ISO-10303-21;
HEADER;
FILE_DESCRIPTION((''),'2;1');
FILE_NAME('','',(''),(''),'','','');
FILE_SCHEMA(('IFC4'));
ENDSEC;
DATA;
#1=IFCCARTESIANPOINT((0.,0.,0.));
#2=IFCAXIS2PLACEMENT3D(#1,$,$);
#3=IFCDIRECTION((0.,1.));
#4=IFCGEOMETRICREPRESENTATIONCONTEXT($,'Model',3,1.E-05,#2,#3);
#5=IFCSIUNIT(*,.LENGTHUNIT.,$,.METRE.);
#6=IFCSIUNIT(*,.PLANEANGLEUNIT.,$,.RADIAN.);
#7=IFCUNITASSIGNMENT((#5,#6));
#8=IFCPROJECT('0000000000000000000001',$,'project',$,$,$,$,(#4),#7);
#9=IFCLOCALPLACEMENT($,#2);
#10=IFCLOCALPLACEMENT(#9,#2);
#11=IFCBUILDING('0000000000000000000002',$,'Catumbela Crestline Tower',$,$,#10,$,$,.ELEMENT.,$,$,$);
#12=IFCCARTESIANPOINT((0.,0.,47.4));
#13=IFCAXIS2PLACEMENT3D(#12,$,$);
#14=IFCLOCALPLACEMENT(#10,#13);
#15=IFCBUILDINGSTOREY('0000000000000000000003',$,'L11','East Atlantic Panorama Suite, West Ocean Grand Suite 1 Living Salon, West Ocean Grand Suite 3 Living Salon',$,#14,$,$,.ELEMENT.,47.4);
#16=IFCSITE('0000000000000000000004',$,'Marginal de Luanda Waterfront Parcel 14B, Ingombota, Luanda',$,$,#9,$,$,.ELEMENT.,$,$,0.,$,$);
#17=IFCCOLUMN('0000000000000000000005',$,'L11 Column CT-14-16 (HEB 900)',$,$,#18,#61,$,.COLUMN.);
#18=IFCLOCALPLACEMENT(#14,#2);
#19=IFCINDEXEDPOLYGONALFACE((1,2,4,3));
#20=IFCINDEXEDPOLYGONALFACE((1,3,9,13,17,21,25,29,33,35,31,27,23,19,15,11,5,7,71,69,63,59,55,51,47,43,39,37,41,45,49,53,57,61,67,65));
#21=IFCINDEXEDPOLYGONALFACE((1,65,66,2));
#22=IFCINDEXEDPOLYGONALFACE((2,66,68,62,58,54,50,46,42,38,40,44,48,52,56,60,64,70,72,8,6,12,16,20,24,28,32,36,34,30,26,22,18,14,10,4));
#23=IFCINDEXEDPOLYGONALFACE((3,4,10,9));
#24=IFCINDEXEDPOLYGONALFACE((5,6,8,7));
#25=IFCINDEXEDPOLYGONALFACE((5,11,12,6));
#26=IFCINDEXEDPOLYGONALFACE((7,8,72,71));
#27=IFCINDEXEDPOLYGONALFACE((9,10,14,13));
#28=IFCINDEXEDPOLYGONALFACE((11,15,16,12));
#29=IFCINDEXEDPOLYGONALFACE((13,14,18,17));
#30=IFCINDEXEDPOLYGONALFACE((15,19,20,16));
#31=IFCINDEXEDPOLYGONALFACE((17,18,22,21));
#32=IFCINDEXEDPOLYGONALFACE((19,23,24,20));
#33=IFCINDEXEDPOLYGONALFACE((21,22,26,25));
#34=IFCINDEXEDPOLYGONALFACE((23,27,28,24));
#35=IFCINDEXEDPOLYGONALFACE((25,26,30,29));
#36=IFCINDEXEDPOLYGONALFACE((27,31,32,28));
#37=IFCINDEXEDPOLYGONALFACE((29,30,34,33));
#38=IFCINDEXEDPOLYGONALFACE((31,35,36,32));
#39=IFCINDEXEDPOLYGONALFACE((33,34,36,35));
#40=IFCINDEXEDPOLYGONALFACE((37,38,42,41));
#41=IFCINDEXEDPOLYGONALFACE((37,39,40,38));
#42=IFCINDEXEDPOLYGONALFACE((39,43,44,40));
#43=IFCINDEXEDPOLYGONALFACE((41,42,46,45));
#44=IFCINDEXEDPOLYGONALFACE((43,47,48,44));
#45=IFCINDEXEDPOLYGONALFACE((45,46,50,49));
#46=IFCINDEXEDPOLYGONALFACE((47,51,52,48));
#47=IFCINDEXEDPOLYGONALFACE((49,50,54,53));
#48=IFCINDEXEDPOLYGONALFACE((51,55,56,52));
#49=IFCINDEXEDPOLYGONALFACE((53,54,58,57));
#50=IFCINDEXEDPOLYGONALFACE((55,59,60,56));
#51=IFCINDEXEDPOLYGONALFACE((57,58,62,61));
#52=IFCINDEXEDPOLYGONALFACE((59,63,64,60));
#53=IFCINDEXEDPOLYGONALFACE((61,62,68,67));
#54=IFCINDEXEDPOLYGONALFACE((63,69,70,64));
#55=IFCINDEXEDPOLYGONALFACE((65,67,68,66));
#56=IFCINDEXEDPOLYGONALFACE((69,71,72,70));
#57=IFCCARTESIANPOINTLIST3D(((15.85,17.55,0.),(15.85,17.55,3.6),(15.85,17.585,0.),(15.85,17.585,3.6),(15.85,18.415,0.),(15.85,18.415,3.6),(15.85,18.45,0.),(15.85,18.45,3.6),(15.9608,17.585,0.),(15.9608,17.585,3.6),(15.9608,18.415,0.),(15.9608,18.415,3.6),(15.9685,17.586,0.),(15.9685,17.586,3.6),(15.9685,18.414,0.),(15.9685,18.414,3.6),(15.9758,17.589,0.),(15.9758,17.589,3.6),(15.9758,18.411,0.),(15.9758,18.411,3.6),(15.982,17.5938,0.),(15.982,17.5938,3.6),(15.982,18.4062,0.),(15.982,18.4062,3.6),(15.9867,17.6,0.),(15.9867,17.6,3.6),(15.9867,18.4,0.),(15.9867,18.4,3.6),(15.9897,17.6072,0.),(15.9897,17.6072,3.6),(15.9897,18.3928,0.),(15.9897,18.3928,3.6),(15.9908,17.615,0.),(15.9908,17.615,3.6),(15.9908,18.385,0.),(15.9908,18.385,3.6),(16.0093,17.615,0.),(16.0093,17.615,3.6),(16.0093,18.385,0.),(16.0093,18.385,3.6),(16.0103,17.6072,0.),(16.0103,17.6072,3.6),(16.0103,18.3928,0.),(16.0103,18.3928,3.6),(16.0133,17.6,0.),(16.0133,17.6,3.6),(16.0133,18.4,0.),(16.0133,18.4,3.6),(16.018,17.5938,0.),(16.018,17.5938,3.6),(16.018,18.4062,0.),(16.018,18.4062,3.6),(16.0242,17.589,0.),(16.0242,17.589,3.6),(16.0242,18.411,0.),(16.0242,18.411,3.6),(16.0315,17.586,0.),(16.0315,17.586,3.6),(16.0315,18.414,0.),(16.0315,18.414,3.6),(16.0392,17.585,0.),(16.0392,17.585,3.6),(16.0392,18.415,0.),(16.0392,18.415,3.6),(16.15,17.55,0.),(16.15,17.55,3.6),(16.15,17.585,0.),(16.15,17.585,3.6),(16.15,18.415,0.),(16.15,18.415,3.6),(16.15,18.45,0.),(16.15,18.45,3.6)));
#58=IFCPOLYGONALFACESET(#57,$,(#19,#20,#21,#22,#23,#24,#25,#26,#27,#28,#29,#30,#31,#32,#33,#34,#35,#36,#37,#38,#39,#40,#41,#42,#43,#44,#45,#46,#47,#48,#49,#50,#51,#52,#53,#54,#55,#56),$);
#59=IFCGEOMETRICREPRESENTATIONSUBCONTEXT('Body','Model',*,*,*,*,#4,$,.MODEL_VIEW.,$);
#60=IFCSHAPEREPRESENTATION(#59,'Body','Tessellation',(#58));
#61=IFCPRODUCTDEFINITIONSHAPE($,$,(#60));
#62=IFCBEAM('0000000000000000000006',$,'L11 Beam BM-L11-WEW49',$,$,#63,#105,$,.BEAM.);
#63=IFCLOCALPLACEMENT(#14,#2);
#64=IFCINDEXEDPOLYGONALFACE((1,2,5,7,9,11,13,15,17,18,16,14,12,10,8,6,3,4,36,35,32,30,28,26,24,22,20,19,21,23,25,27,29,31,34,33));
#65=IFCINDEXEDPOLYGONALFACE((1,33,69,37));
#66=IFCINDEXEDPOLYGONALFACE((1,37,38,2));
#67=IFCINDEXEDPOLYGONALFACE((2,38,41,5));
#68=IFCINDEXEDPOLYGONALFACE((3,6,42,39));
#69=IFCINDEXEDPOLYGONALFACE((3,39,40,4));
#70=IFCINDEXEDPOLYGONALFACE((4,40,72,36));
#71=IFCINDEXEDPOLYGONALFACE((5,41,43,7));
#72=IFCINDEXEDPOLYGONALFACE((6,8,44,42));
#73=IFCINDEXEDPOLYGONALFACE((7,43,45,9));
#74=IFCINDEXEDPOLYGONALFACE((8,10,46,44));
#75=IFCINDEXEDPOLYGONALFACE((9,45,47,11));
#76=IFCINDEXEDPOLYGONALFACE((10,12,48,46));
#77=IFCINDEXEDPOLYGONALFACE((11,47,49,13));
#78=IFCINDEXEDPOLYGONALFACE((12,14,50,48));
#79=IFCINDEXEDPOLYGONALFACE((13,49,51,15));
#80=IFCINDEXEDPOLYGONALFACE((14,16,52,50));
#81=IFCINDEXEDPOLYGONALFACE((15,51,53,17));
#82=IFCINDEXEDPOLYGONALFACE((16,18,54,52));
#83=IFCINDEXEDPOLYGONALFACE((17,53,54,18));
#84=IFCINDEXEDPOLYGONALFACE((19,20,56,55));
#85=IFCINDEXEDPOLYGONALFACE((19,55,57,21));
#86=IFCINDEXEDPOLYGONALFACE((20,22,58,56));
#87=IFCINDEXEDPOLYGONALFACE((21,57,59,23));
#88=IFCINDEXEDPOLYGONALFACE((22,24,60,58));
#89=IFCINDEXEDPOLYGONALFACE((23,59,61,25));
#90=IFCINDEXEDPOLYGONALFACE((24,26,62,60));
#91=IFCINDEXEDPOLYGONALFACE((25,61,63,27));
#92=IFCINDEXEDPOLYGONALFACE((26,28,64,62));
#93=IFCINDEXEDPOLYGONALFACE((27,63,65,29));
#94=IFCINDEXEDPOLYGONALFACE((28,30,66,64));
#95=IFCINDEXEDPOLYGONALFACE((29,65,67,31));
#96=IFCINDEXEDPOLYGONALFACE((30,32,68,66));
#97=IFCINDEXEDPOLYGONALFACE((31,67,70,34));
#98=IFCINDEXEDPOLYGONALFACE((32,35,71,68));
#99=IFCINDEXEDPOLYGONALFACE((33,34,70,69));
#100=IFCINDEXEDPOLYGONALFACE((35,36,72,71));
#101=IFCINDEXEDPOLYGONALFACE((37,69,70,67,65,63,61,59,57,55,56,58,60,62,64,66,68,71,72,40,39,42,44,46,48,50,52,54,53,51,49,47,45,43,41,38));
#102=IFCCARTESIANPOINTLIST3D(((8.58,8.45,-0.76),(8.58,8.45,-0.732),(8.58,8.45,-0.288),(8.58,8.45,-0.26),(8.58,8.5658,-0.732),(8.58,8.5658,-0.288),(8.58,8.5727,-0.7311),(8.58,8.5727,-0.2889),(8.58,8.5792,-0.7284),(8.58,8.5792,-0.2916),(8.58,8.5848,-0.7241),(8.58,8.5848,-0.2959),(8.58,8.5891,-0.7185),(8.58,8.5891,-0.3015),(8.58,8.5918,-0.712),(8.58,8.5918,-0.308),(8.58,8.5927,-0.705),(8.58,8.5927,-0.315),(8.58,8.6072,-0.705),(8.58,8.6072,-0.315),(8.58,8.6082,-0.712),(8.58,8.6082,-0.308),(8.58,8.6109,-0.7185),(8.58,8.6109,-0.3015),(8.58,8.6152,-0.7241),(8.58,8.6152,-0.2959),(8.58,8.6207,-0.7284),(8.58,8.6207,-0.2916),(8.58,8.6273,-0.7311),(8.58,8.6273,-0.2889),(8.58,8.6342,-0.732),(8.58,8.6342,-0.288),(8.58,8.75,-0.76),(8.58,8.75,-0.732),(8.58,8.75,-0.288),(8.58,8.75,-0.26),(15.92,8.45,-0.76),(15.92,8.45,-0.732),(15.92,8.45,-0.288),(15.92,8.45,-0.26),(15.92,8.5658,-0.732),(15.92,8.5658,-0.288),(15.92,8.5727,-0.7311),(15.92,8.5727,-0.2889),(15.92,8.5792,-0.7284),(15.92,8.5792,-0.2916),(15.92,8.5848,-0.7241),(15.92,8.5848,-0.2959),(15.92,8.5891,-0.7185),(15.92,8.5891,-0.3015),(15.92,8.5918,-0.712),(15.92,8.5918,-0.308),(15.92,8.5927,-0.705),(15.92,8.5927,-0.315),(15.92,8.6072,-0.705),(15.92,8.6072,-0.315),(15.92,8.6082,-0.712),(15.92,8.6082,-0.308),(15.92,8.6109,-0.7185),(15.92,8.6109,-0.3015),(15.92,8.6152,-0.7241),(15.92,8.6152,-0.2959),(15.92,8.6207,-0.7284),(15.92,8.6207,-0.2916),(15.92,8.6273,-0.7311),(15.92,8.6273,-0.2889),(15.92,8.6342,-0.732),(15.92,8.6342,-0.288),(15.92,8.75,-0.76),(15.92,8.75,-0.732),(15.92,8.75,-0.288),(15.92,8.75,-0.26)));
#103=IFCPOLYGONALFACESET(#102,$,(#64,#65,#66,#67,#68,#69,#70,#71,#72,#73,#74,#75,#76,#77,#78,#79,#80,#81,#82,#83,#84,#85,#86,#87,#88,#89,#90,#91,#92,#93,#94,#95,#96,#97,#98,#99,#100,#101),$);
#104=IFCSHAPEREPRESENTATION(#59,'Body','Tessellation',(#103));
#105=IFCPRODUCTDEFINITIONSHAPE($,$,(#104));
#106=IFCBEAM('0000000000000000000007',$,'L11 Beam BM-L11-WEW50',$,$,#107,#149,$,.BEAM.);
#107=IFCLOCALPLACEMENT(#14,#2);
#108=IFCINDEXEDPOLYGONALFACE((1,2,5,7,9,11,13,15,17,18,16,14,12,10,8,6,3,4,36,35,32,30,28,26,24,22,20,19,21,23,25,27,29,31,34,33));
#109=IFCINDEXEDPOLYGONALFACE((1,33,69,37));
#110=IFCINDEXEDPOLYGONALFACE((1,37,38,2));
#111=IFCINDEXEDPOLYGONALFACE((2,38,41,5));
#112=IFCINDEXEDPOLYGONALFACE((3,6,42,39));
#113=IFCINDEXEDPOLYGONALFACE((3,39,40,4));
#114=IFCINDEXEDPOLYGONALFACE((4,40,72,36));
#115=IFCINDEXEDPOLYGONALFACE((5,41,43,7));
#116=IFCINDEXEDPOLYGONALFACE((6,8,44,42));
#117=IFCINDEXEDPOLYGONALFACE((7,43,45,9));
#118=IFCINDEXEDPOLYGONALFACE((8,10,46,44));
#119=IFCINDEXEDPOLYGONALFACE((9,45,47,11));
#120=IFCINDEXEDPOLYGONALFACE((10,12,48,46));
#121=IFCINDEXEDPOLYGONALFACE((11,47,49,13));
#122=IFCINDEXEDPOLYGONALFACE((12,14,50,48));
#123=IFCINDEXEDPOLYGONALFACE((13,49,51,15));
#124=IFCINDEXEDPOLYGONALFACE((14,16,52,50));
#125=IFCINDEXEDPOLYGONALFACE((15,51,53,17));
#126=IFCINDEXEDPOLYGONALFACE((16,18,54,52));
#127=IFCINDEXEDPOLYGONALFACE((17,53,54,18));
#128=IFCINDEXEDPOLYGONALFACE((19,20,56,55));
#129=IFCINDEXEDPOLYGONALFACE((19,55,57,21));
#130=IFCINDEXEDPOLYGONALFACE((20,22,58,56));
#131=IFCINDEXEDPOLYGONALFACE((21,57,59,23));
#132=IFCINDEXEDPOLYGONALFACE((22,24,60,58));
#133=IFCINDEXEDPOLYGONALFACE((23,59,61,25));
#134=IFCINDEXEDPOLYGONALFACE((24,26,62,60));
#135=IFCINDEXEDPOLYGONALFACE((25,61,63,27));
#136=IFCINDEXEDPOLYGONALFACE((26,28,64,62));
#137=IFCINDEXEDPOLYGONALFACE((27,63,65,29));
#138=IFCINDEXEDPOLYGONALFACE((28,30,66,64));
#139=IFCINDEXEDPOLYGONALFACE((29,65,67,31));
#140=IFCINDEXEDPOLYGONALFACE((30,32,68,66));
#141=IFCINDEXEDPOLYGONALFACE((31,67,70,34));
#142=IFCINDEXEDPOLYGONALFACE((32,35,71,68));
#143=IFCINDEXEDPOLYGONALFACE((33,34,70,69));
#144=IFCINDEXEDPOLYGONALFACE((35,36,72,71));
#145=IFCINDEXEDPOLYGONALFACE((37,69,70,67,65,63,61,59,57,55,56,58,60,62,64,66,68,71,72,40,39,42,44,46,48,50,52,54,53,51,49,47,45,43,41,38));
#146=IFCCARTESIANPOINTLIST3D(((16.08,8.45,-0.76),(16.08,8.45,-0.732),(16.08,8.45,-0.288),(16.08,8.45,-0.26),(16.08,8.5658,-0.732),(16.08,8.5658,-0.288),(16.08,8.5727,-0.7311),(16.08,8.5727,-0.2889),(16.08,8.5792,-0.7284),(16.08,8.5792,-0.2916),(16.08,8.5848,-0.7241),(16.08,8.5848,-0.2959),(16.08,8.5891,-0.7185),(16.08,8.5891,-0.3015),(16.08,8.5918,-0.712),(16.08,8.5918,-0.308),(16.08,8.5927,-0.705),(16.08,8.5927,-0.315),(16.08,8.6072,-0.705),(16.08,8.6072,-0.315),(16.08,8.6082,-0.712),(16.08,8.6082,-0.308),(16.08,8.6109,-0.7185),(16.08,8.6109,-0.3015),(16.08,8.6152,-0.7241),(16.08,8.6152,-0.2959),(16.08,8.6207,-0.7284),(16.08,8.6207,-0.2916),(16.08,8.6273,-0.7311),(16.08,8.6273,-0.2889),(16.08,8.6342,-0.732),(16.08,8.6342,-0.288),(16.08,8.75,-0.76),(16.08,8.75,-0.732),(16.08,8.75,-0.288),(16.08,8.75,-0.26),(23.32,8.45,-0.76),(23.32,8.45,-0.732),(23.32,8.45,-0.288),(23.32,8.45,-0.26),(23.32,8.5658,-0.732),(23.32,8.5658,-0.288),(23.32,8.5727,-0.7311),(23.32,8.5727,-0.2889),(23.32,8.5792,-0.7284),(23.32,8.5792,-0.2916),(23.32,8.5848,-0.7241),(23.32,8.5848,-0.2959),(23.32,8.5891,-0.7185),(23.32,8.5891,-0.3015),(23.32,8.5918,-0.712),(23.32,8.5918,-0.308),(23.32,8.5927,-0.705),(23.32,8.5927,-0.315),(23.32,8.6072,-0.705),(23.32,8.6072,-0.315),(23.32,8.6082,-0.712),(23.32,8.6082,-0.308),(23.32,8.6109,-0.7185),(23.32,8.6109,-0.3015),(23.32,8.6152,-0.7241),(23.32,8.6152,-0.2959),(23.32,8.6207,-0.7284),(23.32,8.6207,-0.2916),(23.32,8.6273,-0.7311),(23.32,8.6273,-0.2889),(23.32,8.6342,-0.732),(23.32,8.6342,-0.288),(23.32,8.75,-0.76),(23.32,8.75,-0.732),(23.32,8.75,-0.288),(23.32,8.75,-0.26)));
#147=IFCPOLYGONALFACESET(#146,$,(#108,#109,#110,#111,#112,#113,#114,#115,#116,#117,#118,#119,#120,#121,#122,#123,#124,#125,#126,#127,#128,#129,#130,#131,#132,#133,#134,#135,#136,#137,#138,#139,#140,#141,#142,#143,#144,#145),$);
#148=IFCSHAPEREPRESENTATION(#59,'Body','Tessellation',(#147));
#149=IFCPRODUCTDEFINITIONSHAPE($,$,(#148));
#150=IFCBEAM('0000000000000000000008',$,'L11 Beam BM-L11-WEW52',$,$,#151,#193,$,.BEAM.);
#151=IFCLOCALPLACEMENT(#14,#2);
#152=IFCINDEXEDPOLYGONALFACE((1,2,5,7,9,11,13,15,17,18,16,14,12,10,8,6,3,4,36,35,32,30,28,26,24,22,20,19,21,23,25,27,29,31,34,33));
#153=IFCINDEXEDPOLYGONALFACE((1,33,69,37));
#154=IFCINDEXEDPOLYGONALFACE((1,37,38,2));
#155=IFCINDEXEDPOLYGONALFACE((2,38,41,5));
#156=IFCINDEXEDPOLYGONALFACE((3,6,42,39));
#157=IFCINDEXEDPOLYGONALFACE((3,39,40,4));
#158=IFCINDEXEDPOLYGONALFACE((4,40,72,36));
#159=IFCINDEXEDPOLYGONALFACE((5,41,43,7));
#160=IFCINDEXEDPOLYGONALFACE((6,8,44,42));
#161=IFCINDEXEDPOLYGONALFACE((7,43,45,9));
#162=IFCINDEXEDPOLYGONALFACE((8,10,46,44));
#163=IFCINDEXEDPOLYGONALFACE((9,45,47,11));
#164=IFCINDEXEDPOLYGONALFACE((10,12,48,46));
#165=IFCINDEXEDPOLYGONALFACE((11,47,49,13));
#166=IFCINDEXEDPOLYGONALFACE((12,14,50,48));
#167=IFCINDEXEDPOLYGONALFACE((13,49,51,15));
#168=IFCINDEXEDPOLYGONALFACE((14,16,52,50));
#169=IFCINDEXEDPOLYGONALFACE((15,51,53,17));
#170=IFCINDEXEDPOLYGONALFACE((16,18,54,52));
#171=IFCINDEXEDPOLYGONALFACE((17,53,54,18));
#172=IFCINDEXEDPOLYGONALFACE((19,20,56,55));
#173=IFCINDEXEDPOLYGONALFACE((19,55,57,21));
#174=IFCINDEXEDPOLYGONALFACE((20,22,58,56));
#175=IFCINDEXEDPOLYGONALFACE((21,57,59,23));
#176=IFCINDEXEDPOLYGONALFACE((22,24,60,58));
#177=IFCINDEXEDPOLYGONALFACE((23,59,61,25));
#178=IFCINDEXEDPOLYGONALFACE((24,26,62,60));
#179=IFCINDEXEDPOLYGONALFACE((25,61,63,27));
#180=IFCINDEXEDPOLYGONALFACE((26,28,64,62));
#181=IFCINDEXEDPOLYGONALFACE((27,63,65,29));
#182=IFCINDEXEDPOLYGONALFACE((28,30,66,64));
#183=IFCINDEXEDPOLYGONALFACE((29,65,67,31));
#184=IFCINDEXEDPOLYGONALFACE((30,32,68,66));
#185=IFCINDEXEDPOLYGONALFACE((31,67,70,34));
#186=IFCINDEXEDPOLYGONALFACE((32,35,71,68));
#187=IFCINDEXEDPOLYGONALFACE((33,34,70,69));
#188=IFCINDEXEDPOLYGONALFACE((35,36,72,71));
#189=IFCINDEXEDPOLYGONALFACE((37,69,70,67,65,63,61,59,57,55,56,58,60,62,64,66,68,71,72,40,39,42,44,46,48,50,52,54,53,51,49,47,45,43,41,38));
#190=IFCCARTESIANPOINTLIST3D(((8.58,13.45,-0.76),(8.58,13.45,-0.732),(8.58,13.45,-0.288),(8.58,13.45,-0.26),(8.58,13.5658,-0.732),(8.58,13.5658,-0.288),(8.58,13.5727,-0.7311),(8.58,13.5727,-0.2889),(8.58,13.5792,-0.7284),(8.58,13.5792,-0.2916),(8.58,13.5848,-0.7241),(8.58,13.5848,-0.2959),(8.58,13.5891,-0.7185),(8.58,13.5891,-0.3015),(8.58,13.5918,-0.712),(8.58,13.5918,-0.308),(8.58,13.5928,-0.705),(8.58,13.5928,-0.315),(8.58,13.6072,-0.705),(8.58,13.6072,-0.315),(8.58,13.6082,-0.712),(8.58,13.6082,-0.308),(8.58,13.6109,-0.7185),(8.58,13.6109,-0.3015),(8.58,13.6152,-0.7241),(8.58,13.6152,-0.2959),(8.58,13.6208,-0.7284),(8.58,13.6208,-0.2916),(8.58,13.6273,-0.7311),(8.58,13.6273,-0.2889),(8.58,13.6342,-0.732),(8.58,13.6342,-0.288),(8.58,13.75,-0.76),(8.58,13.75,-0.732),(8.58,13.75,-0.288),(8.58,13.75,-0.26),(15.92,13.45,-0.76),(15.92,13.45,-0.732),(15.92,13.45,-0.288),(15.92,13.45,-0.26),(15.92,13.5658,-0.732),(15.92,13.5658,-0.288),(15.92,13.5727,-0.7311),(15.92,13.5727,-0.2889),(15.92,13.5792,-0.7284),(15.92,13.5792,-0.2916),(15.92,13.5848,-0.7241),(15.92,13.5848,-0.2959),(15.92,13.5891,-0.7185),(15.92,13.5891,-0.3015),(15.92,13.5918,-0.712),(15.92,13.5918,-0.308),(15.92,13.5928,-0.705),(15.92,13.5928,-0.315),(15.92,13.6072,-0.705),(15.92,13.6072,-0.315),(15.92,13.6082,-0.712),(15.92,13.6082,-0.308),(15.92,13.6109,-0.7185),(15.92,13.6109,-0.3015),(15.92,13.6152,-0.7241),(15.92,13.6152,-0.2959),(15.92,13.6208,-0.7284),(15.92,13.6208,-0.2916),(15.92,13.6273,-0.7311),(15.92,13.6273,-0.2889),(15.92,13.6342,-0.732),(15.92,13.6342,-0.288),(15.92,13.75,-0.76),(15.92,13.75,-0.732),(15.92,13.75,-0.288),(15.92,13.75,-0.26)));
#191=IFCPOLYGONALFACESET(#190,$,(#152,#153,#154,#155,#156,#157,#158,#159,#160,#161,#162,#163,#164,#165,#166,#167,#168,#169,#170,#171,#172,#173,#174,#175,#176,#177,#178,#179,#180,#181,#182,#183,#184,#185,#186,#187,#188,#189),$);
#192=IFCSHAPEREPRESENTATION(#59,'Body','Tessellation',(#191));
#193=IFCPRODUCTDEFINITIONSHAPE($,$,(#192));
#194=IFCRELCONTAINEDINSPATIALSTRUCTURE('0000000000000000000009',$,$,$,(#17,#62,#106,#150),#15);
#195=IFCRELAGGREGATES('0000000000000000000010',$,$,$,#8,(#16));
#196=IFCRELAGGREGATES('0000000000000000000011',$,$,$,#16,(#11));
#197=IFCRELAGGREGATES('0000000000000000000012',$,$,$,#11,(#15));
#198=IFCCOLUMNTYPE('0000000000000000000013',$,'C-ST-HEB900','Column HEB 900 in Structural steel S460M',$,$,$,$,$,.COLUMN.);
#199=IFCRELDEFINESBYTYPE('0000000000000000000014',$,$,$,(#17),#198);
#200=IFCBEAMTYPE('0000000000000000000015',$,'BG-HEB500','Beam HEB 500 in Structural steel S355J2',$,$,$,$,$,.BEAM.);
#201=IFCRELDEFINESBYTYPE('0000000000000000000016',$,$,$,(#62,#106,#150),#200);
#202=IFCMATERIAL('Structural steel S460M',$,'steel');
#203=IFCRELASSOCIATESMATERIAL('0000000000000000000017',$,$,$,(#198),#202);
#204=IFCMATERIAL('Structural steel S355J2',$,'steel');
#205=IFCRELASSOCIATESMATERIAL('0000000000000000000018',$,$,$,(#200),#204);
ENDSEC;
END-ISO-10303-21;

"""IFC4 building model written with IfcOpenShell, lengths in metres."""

from ifc_helpers import new_model, si_unit, direction, frame, origin, origin_2d, place, context, subcontext, project, spatial, i_section, extrude, material, material_profile, profile_set, type_object, element, save


model = new_model("IFC4")

# Units and contexts
model_context = context("Model", 3, precision=1e-05, world=origin(), true_north=direction((0.0, 1.0)))
body_context = subcontext(model_context, "Body", "Model", "MODEL_VIEW")
ifc_project = project(units=[si_unit("LENGTHUNIT", "METRE"), si_unit("PLANEANGLEUNIT", "RADIAN")], contexts=[model_context])

# Site, building, storey
site_placement = place(None, origin())
site = spatial("IfcSite", under=ifc_project, at=site_placement, Name="Marginal de Luanda Waterfront Parcel 14B, Ingombota, Luanda", CompositionType="ELEMENT", RefElevation=0.0)
building_placement = place(site_placement, origin())
building = spatial("IfcBuilding", under=site, at=building_placement, Name="Catumbela Crestline Tower", CompositionType="ELEMENT")
storey_placement = place(building_placement, frame((0.0, 0.0, 47.4)))
storey = spatial("IfcBuildingStorey", under=building, at=storey_placement, Name="L11", Description="East Atlantic Panorama Suite, West Ocean Grand Suite 1 Living Salon, West Ocean Grand Suite 3 Living Salon", CompositionType="ELEMENT", Elevation=47.4)

# Column
ifc_material_1 = material(Name="Structural steel S460M", Category="steel")
ifc_material_profile_1 = material_profile(ifc_material_1, i_section(OverallWidth=0.3, OverallDepth=0.9, WebThickness=0.0185, FlangeThickness=0.035, FilletRadius=0.03, at=origin_2d()), Name="HEB 900")
ifc_profile_set_1 = profile_set([ifc_material_profile_1], Name="Structural steel S460M")
column_type = type_object("IfcColumnType", Name="C-ST-HEB900", Description="Column HEB 900 in Structural steel S460M", PredefinedType="COLUMN", material=ifc_profile_set_1)
for number, where, z_axis, x_axis, name in (
    (1, (16.0, 18.0, 0.0), (0.0, 0.0, 1.0), (1.0, 0.0, 0.0), "L11 Column CT-14-16 (HEB 900)"),
):
    element("IfcColumn", number, at=place(storey_placement, frame(where, z_axis=z_axis, x_axis=x_axis)), inside=storey, type_object=column_type, Name=name, PredefinedType="COLUMN", context=body_context, shape_type="SweptSolid", body=[
        extrude(i_section(OverallWidth=0.3, OverallDepth=0.9, WebThickness=0.0185, FlangeThickness=0.035, FilletRadius=0.03, at=origin_2d()), origin(), (0.0, 0.0, 1.0), 3.6),
    ])

# Beams
ifc_material_2 = material(Name="Structural steel S355J2", Category="steel")
ifc_material_profile_2 = material_profile(ifc_material_2, i_section(OverallWidth=0.3, OverallDepth=0.5, WebThickness=0.0145, FlangeThickness=0.028, FilletRadius=0.027, at=origin_2d()), Name="HEB 500")
ifc_profile_set_2 = profile_set([ifc_material_profile_2], Name="Structural steel S355J2")
beam_type_1 = type_object("IfcBeamType", Name="BG-HEB500", Description="Beam HEB 500 in Structural steel S355J2", PredefinedType="BEAM", material=ifc_profile_set_2)
beam_1_placement = place(storey_placement, frame((8.58, 8.6, -0.51), z_axis=(1.0, 0.0, 0.0), x_axis=(0.0, 1.0, 0.0)))
element("IfcBeam", 2, at=beam_1_placement, inside=storey, type_object=beam_type_1, Name="L11 Beam BM-L11-WEW49", PredefinedType="BEAM", context=body_context, shape_type="SweptSolid", body=[
    extrude(i_section(OverallWidth=0.3, OverallDepth=0.5, WebThickness=0.0145, FlangeThickness=0.028, FilletRadius=0.027, at=origin_2d()), origin(), (0.0, 0.0, 1.0), 7.34),
])
beam_2_placement = place(storey_placement, frame((16.08, 8.6, -0.51), z_axis=(1.0, 0.0, 0.0), x_axis=(0.0, 1.0, 0.0)))
element("IfcBeam", 3, at=beam_2_placement, inside=storey, type_object=beam_type_1, Name="L11 Beam BM-L11-WEW50", PredefinedType="BEAM", context=body_context, shape_type="SweptSolid", body=[
    extrude(i_section(OverallWidth=0.3, OverallDepth=0.5, WebThickness=0.0145, FlangeThickness=0.028, FilletRadius=0.027, at=origin_2d()), origin(), (0.0, 0.0, 1.0), 7.24),
])
beam_3_placement = place(storey_placement, frame((8.58, 13.6, -0.51), z_axis=(1.0, 0.0, 0.0), x_axis=(0.0, 1.0, 0.0)))
element("IfcBeam", 4, at=beam_3_placement, inside=storey, type_object=beam_type_1, Name="L11 Beam BM-L11-WEW52", PredefinedType="BEAM", context=body_context, shape_type="SweptSolid", body=[
    extrude(i_section(OverallWidth=0.3, OverallDepth=0.5, WebThickness=0.0145, FlangeThickness=0.028, FilletRadius=0.027, at=origin_2d()), origin(), (0.0, 0.0, 1.0), 7.34),
])

save(model, "model.ifc")
